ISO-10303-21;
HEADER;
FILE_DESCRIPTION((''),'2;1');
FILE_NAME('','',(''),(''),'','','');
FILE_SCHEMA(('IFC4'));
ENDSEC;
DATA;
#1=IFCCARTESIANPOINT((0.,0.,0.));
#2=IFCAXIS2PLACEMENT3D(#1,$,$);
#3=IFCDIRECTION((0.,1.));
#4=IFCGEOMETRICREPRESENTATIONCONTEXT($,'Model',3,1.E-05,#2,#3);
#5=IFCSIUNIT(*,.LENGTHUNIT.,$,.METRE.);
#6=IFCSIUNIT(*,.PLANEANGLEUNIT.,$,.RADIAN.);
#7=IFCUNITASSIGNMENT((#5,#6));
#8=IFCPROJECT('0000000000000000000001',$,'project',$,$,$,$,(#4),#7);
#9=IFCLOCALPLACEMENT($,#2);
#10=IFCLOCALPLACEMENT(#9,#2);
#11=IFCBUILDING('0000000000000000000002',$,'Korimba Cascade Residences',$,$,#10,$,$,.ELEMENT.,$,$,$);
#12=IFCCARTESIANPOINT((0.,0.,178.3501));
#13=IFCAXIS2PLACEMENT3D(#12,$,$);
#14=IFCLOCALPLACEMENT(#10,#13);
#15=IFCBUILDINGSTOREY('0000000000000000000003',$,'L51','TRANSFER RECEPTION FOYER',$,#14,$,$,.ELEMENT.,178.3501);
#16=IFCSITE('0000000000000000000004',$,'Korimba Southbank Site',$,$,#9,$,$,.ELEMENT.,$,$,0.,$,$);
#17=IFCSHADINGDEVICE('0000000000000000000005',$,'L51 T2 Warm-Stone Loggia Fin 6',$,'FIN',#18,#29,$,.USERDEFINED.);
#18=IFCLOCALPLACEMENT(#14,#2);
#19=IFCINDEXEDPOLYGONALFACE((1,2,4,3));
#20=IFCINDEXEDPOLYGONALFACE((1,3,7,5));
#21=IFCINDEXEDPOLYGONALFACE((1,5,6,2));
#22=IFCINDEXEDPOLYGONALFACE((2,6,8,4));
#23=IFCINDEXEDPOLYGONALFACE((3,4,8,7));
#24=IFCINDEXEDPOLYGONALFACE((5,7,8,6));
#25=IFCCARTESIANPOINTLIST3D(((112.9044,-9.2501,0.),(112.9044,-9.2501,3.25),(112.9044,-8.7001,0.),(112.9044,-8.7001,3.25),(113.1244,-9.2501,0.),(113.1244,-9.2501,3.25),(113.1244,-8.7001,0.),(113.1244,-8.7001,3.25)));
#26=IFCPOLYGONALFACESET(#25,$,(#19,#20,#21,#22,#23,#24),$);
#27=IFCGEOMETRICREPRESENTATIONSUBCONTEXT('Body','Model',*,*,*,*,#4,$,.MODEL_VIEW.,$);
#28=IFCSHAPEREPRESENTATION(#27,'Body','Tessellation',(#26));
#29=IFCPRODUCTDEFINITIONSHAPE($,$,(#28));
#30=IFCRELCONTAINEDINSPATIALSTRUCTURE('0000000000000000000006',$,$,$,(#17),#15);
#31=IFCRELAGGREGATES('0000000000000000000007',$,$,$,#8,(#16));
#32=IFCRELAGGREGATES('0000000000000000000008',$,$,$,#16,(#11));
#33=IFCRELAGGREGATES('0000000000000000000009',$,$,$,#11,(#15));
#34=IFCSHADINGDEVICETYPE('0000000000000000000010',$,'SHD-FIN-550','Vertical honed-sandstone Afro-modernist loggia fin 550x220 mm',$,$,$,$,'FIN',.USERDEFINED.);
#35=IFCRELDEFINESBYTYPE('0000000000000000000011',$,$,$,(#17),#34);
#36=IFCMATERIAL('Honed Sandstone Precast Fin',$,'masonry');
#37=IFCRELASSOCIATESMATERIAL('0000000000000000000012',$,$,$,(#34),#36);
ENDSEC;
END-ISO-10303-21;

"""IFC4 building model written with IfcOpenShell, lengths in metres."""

from ifc_helpers import new_model, si_unit, direction, frame, origin, origin_2d, place, context, subcontext, project, spatial, rectangle, extrude, material, type_object, element, save


model = new_model("IFC4")

# Units and contexts
model_context = context("Model", 3, precision=1e-05, world=origin(), true_north=direction((0.0, 1.0)))
body_context = subcontext(model_context, "Body", "Model", "MODEL_VIEW")
ifc_project = project(units=[si_unit("LENGTHUNIT", "METRE"), si_unit("PLANEANGLEUNIT", "RADIAN")], contexts=[model_context])

# Site, building, storey
site_placement = place(None, origin())
site = spatial("IfcSite", under=ifc_project, at=site_placement, Name="Korimba Southbank Site", CompositionType="ELEMENT", RefElevation=0.0)
building_placement = place(site_placement, origin())
building = spatial("IfcBuilding", under=site, at=building_placement, Name="Korimba Cascade Residences", CompositionType="ELEMENT")
storey_placement = place(building_placement, frame((0.0, 0.0, 178.3501)))
storey = spatial("IfcBuildingStorey", under=building, at=storey_placement, Name="L51", Description="TRANSFER RECEPTION FOYER", CompositionType="ELEMENT", Elevation=178.3501)

# Shading device
ifc_material_1 = material(Name="Honed Sandstone Precast Fin", Category="masonry")
shading_device_type = type_object("IfcShadingDeviceType", Name="SHD-FIN-550", Description="Vertical honed-sandstone Afro-modernist loggia fin 550x220 mm", ElementType="FIN", PredefinedType="USERDEFINED", material=ifc_material_1)
shading_device_placement = place(storey_placement, frame((113.0144, -8.9751, 0.0), z_axis=(0.0, 0.0, 1.0), x_axis=(1.0, 0.0, 0.0)))
element("IfcShadingDevice", 1, at=shading_device_placement, inside=storey, type_object=shading_device_type, Name="L51 T2 Warm-Stone Loggia Fin 6", ObjectType="FIN", PredefinedType="USERDEFINED", context=body_context, shape_type="SweptSolid", body=[
    extrude(rectangle(XDim=0.22, YDim=0.55, at=origin_2d()), origin(), (0.0, 0.0, 1.0), 3.25),
])

save(model, "model.ifc")
